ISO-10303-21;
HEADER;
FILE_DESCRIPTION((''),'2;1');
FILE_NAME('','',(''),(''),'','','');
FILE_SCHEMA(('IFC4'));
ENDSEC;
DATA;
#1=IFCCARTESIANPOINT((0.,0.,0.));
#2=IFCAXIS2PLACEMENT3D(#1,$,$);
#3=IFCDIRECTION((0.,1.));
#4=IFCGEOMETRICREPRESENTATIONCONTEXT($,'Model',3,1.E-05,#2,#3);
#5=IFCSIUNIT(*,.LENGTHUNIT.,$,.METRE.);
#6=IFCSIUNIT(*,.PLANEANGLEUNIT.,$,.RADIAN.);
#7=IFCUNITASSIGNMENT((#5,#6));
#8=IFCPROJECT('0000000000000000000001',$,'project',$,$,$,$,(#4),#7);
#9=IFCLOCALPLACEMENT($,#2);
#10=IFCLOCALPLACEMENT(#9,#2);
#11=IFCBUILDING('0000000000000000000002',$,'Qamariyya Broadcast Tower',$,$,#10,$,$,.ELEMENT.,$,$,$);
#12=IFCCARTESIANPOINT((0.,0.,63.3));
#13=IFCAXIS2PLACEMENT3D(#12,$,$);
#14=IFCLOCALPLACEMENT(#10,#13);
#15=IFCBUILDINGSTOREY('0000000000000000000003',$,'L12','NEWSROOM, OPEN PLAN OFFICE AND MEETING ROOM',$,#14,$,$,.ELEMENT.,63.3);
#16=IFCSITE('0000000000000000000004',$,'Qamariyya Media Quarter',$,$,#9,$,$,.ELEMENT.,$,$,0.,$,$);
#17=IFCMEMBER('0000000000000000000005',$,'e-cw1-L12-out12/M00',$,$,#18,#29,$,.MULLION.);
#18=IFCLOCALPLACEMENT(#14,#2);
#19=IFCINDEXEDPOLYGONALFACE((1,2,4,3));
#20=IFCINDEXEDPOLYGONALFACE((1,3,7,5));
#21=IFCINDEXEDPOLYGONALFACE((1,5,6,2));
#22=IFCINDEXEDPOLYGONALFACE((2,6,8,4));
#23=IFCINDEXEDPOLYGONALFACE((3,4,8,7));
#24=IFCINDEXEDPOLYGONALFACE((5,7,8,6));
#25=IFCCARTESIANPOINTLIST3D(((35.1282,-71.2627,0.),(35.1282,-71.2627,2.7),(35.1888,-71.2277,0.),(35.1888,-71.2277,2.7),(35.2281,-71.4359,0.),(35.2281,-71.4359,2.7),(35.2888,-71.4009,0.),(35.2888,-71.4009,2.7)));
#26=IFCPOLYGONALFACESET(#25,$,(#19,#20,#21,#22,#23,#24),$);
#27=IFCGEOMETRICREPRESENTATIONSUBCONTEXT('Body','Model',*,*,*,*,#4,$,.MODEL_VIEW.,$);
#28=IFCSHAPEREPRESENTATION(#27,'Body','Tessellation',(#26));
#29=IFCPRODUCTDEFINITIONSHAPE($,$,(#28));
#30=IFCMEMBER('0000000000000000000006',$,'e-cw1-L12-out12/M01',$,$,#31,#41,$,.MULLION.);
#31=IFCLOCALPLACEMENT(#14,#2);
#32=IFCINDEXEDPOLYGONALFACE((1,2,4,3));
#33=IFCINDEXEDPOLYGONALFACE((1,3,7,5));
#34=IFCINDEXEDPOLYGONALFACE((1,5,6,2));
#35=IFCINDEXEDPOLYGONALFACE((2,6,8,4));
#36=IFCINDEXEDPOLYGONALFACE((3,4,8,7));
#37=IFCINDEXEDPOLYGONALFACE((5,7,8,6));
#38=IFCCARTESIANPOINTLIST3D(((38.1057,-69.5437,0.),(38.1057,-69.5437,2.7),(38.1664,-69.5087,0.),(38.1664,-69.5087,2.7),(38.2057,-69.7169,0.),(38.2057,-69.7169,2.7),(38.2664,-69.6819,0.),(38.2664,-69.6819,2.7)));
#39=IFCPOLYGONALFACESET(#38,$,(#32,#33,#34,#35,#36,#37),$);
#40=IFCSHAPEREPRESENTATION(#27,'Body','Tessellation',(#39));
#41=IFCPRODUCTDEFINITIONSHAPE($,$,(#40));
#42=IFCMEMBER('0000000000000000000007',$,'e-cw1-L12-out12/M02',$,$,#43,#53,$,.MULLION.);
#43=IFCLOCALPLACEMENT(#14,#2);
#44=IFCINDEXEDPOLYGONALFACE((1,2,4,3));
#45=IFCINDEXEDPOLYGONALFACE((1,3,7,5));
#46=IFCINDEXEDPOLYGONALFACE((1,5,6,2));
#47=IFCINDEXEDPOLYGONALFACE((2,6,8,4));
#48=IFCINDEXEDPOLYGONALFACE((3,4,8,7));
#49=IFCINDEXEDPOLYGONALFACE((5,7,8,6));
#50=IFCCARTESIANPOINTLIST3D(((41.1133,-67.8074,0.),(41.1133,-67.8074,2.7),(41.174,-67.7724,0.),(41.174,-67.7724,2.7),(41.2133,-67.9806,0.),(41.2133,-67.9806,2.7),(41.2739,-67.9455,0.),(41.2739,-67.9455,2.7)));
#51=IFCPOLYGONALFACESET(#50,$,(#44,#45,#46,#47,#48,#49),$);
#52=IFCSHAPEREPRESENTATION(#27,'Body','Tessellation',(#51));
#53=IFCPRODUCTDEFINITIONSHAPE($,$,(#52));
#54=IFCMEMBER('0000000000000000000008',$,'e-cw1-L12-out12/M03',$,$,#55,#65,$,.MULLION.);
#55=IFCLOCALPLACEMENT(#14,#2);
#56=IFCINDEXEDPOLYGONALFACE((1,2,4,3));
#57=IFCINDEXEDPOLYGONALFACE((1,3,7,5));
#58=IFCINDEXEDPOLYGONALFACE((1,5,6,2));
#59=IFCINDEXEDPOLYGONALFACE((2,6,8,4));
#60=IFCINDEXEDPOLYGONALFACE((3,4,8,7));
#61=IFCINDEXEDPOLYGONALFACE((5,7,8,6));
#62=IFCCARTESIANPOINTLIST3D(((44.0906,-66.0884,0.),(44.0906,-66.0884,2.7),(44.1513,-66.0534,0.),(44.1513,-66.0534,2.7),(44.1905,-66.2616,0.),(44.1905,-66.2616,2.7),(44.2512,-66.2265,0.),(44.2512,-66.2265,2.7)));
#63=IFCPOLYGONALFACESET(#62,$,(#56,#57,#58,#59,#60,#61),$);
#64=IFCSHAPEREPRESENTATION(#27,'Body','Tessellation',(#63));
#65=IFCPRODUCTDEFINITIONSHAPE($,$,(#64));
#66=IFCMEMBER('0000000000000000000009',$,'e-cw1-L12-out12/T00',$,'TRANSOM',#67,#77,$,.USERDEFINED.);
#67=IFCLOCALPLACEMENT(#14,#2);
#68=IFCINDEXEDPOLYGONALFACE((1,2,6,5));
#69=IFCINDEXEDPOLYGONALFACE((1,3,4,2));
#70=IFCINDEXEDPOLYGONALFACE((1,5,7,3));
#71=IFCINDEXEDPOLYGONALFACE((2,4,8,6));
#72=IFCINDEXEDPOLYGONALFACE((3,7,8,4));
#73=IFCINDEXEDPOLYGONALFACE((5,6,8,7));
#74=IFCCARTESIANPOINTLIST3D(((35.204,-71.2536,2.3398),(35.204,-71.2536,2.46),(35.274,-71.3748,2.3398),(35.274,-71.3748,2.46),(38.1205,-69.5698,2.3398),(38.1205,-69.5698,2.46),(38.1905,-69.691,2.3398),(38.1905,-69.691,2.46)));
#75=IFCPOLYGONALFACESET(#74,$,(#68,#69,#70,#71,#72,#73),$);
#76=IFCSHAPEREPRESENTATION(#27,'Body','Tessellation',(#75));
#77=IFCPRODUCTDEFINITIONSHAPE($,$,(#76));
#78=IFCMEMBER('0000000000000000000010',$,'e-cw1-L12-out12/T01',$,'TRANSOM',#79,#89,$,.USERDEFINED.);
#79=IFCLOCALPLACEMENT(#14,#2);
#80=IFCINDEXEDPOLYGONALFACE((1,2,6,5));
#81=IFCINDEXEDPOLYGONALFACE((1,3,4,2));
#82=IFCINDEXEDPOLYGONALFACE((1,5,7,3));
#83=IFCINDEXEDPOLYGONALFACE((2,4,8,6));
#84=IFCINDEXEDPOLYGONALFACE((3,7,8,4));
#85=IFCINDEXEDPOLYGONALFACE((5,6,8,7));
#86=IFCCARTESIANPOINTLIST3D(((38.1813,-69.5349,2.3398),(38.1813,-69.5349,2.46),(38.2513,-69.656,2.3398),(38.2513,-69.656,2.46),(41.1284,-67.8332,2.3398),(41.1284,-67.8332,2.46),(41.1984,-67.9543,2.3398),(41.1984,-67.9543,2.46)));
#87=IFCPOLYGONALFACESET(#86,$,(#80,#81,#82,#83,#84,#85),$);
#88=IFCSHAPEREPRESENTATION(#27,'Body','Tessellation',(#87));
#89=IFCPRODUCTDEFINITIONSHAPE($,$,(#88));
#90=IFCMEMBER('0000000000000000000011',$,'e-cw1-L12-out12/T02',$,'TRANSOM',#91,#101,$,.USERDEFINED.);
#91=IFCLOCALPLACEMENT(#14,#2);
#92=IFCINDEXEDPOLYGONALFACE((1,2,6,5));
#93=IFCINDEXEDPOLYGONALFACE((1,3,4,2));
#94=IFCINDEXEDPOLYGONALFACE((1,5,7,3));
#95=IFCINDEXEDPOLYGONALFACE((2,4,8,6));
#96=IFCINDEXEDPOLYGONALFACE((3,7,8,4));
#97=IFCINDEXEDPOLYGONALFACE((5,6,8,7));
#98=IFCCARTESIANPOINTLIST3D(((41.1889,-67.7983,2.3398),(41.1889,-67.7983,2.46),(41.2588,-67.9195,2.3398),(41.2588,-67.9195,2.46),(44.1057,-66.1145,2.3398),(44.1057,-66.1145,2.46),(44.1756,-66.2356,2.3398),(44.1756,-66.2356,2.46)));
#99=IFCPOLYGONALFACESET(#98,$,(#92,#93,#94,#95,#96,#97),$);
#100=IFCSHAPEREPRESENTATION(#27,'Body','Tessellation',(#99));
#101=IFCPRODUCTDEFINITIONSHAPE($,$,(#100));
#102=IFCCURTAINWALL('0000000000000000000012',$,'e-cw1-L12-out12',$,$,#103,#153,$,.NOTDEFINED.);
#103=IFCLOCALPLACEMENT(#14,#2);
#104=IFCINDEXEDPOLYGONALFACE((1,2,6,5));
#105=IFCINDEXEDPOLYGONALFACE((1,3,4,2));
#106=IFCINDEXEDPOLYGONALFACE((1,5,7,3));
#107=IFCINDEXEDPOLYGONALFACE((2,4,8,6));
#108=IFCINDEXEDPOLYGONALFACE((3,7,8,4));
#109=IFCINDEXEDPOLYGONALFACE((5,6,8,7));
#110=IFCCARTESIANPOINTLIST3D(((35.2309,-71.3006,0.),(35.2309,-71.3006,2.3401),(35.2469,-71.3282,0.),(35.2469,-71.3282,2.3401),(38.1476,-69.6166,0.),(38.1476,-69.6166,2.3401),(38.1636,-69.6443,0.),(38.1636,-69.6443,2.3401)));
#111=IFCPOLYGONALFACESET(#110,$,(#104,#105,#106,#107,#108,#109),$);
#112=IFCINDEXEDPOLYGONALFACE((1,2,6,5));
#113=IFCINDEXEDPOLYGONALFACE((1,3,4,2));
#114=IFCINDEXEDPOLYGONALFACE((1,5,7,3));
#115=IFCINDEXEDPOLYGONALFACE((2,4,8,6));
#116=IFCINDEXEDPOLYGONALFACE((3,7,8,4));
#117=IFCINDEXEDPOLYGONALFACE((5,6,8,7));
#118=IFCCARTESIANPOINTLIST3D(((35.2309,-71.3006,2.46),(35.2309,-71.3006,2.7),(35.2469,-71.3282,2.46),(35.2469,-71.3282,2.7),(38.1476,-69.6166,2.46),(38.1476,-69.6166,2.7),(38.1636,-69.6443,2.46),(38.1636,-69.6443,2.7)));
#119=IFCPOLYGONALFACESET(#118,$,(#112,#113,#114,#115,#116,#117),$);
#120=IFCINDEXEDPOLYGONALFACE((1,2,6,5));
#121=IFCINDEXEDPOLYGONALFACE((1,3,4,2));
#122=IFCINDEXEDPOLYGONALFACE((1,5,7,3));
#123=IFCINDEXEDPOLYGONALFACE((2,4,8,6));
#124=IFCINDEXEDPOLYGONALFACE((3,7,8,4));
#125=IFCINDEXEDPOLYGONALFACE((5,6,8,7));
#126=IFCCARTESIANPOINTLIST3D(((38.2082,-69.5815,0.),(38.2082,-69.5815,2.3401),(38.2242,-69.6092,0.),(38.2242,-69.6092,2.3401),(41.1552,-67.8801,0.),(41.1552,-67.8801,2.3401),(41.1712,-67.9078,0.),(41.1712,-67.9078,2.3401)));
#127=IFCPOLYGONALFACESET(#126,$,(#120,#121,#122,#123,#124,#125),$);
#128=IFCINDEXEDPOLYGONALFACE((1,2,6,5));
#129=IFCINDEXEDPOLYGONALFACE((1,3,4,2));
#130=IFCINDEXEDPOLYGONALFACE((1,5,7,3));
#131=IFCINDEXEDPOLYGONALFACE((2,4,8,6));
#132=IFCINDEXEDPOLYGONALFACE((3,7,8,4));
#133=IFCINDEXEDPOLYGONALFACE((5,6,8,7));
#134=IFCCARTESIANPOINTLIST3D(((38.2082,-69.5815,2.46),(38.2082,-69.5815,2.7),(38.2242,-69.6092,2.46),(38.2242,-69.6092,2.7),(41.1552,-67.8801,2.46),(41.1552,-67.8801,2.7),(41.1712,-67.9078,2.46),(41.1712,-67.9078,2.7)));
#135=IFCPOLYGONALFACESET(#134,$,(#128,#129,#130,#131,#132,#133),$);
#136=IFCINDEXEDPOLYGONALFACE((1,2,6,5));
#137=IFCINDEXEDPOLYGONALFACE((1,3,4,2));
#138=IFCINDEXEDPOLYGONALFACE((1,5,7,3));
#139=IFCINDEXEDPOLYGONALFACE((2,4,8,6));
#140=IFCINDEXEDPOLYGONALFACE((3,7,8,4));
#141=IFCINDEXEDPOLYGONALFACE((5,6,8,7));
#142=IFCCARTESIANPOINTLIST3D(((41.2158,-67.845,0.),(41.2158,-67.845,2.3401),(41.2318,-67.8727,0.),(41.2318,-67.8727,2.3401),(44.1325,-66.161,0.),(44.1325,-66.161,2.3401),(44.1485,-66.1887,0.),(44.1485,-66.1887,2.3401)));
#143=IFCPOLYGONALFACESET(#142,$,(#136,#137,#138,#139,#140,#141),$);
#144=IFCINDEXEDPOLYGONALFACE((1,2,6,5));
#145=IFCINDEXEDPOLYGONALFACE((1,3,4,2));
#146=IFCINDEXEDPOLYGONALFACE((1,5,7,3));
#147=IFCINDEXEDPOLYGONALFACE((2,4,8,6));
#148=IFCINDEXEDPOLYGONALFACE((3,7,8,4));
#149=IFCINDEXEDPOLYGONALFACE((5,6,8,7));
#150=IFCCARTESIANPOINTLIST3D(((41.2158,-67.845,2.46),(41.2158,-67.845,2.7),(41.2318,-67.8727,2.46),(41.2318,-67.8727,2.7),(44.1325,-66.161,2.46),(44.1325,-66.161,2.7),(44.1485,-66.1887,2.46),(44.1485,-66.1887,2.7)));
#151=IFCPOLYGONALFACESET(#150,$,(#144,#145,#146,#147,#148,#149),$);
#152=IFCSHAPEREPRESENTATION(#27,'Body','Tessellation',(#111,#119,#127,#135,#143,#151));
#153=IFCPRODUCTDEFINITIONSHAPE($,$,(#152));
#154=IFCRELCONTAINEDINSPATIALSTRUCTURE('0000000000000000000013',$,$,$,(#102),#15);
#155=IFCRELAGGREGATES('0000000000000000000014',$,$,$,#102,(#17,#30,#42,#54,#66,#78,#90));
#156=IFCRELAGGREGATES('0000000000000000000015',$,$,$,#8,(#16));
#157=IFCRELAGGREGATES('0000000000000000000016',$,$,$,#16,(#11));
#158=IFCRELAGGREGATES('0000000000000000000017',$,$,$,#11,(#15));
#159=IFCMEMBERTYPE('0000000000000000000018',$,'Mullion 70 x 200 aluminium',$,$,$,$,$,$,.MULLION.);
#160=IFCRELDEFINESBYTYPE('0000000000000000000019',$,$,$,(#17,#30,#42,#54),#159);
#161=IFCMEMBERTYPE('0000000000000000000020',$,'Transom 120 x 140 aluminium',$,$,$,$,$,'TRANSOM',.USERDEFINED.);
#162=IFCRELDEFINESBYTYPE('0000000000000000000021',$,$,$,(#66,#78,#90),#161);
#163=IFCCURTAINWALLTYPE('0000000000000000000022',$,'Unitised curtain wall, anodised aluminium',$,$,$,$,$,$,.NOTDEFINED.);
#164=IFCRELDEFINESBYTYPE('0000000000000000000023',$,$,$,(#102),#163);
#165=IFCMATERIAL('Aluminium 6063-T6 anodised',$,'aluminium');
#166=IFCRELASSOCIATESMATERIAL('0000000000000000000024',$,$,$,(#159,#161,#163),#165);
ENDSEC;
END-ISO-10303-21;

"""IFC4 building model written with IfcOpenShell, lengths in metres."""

from ifc_helpers import new_model, si_unit, direction, frame, origin, origin_2d, place, context, subcontext, project, spatial, rectangle, extrude, material, material_profile, profile_set, type_object, element, aggregate, save


model = new_model("IFC4")

# Units and contexts
model_context = context("Model", 3, precision=1e-05, world=origin(), true_north=direction((0.0, 1.0)))
body_context = subcontext(model_context, "Body", "Model", "MODEL_VIEW")
ifc_project = project(units=[si_unit("LENGTHUNIT", "METRE"), si_unit("PLANEANGLEUNIT", "RADIAN")], contexts=[model_context])

# Members
ifc_material = material(Name="Aluminium 6063-T6 anodised", Category="aluminium")
ifc_material_profile_1 = material_profile(ifc_material, rectangle(XDim=0.2, YDim=0.0701, at=origin_2d()))
ifc_profile_set_1 = profile_set([ifc_material_profile_1], Name="Aluminium 6063-T6 anodised")
member_type_1 = type_object("IfcMemberType", Name="Mullion 70 x 200 aluminium", PredefinedType="MULLION", material=ifc_profile_set_1)
site_placement = place(None, origin())
building_placement = place(site_placement, origin())
storey_placement = place(building_placement, frame((0.0, 0.0, 63.3)))
member_1_placement = place(storey_placement, frame((35.2085, -71.3318, 0.0), z_axis=(0.0, 0.0, 1.0), x_axis=(-0.5, 0.866025, 0.0)))
member_1 = element("IfcMember", 1, at=member_1_placement, type_object=member_type_1, Name="e-cw1-L12-out12/M00", PredefinedType="MULLION", context=body_context, shape_type="SweptSolid", body=[
    extrude(rectangle(XDim=0.2, YDim=0.0701, at=origin_2d()), origin(), (0.0, 0.0, 1.0), 2.7),
])
member_2_placement = place(storey_placement, frame((38.186, -69.6128, 0.0), z_axis=(0.0, 0.0, 1.0), x_axis=(-0.5, 0.866025, 0.0)))
member_2 = element("IfcMember", 2, at=member_2_placement, type_object=member_type_1, Name="e-cw1-L12-out12/M01", PredefinedType="MULLION", context=body_context, shape_type="SweptSolid", body=[
    extrude(rectangle(XDim=0.2, YDim=0.0701, at=origin_2d()), origin(), (0.0, 0.0, 1.0), 2.7),
])
member_3_placement = place(storey_placement, frame((41.1936, -67.8765, 0.0), z_axis=(0.0, 0.0, 1.0), x_axis=(-0.5, 0.866025, 0.0)))
member_3 = element("IfcMember", 3, at=member_3_placement, type_object=member_type_1, Name="e-cw1-L12-out12/M02", PredefinedType="MULLION", context=body_context, shape_type="SweptSolid", body=[
    extrude(rectangle(XDim=0.2, YDim=0.0701, at=origin_2d()), origin(), (0.0, 0.0, 1.0), 2.7),
])
member_4_placement = place(storey_placement, frame((44.1709, -66.1575, 0.0), z_axis=(0.0, 0.0, 1.0), x_axis=(-0.5, 0.866025, 0.0)))
member_4 = element("IfcMember", 4, at=member_4_placement, type_object=member_type_1, Name="e-cw1-L12-out12/M03", PredefinedType="MULLION", context=body_context, shape_type="SweptSolid", body=[
    extrude(rectangle(XDim=0.2, YDim=0.0701, at=origin_2d()), origin(), (0.0, 0.0, 1.0), 2.7),
])
ifc_material_profile_2 = material_profile(ifc_material, rectangle(XDim=0.1399, YDim=0.1201, at=origin_2d()))
ifc_profile_set_2 = profile_set([ifc_material_profile_2], Name="Aluminium 6063-T6 anodised")
member_type_2 = type_object("IfcMemberType", Name="Transom 120 x 140 aluminium", ElementType="TRANSOM", PredefinedType="USERDEFINED", material=ifc_profile_set_2)
member_5_placement = place(storey_placement, frame((35.239, -71.3142, 2.3999), z_axis=(0.866026, 0.499999, 0.0), x_axis=(-0.499999, 0.866026, 0.0)))
member_5 = element("IfcMember", 5, at=member_5_placement, type_object=member_type_2, Name="e-cw1-L12-out12/T00", ObjectType="TRANSOM", PredefinedType="USERDEFINED", context=body_context, shape_type="SweptSolid", body=[
    extrude(rectangle(XDim=0.1399, YDim=0.1201, at=origin_2d()), origin(), (0.0, 0.0, 1.0), 3.3677),
])
member_6_placement = place(storey_placement, frame((38.2163, -69.5955, 2.3999), z_axis=(0.866, 0.500043, 0.0), x_axis=(-0.500043, 0.866, 0.0)))
member_6 = element("IfcMember", 6, at=member_6_placement, type_object=member_type_2, Name="e-cw1-L12-out12/T01", ObjectType="TRANSOM", PredefinedType="USERDEFINED", context=body_context, shape_type="SweptSolid", body=[
    extrude(rectangle(XDim=0.1399, YDim=0.1201, at=origin_2d()), origin(), (0.0, 0.0, 1.0), 3.4031),
])
member_7_placement = place(storey_placement, frame((41.2239, -67.8589, 2.3999), z_axis=(0.866044, 0.499967, 0.0), x_axis=(-0.499967, 0.866044, 0.0)))
member_7 = element("IfcMember", 7, at=member_7_placement, type_object=member_type_2, Name="e-cw1-L12-out12/T02", ObjectType="TRANSOM", PredefinedType="USERDEFINED", context=body_context, shape_type="SweptSolid", body=[
    extrude(rectangle(XDim=0.1399, YDim=0.1201, at=origin_2d()), origin(), (0.0, 0.0, 1.0), 3.3679),
])

# Site, building, storey
site = spatial("IfcSite", under=ifc_project, at=site_placement, Name="Qamariyya Media Quarter", CompositionType="ELEMENT", RefElevation=0.0)
building = spatial("IfcBuilding", under=site, at=building_placement, Name="Qamariyya Broadcast Tower", CompositionType="ELEMENT")
storey = spatial("IfcBuildingStorey", under=building, at=storey_placement, Name="L12", Description="NEWSROOM, OPEN PLAN OFFICE AND MEETING ROOM", CompositionType="ELEMENT", Elevation=63.3)

# Curtain wall
curtain_wall_type = type_object("IfcCurtainWallType", Name="Unitised curtain wall, anodised aluminium", PredefinedType="NOTDEFINED", material=ifc_material)
curtain_wall_1_placement = place(storey_placement, origin())
curtain_wall_1 = element("IfcCurtainWall", 8, at=curtain_wall_1_placement, inside=storey, type_object=curtain_wall_type, Name="e-cw1-L12-out12", PredefinedType="NOTDEFINED", context=body_context, shape_type="SweptSolid", body=[
    extrude(rectangle(XDim=3.3679, YDim=0.032, at=origin_2d()), frame((36.6973, -70.4724, 0.0), x_axis=(0.866022, 0.500005, 0.0)), (0.0, 0.0, 1.0), 2.3401),
    extrude(rectangle(XDim=3.3679, YDim=0.032, at=origin_2d()), frame((36.6973, -70.4724, 2.46), x_axis=(0.866022, 0.500005, 0.0)), (0.0, 0.0, 1.0), 0.24),
    extrude(rectangle(XDim=3.4028, YDim=0.032, at=origin_2d()), frame((39.6897, -68.7446, 0.0), x_axis=(0.866022, 0.500005, 0.0)), (0.0, 0.0, 1.0), 2.3401),
    extrude(rectangle(XDim=3.4028, YDim=0.032, at=origin_2d()), frame((39.6897, -68.7446, 2.46), x_axis=(0.866022, 0.500005, 0.0)), (0.0, 0.0, 1.0), 0.24),
    extrude(rectangle(XDim=3.3679, YDim=0.032, at=origin_2d()), frame((42.6821, -67.0168, 0.0), x_axis=(0.866022, 0.500005, 0.0)), (0.0, 0.0, 1.0), 2.3401),
    extrude(rectangle(XDim=3.3679, YDim=0.032, at=origin_2d()), frame((42.6821, -67.0168, 2.46), x_axis=(0.866022, 0.500005, 0.0)), (0.0, 0.0, 1.0), 0.24),
])
aggregate(curtain_wall_1, [member_1, member_2, member_3, member_4, member_5, member_6, member_7])

save(model, "model.ifc")
